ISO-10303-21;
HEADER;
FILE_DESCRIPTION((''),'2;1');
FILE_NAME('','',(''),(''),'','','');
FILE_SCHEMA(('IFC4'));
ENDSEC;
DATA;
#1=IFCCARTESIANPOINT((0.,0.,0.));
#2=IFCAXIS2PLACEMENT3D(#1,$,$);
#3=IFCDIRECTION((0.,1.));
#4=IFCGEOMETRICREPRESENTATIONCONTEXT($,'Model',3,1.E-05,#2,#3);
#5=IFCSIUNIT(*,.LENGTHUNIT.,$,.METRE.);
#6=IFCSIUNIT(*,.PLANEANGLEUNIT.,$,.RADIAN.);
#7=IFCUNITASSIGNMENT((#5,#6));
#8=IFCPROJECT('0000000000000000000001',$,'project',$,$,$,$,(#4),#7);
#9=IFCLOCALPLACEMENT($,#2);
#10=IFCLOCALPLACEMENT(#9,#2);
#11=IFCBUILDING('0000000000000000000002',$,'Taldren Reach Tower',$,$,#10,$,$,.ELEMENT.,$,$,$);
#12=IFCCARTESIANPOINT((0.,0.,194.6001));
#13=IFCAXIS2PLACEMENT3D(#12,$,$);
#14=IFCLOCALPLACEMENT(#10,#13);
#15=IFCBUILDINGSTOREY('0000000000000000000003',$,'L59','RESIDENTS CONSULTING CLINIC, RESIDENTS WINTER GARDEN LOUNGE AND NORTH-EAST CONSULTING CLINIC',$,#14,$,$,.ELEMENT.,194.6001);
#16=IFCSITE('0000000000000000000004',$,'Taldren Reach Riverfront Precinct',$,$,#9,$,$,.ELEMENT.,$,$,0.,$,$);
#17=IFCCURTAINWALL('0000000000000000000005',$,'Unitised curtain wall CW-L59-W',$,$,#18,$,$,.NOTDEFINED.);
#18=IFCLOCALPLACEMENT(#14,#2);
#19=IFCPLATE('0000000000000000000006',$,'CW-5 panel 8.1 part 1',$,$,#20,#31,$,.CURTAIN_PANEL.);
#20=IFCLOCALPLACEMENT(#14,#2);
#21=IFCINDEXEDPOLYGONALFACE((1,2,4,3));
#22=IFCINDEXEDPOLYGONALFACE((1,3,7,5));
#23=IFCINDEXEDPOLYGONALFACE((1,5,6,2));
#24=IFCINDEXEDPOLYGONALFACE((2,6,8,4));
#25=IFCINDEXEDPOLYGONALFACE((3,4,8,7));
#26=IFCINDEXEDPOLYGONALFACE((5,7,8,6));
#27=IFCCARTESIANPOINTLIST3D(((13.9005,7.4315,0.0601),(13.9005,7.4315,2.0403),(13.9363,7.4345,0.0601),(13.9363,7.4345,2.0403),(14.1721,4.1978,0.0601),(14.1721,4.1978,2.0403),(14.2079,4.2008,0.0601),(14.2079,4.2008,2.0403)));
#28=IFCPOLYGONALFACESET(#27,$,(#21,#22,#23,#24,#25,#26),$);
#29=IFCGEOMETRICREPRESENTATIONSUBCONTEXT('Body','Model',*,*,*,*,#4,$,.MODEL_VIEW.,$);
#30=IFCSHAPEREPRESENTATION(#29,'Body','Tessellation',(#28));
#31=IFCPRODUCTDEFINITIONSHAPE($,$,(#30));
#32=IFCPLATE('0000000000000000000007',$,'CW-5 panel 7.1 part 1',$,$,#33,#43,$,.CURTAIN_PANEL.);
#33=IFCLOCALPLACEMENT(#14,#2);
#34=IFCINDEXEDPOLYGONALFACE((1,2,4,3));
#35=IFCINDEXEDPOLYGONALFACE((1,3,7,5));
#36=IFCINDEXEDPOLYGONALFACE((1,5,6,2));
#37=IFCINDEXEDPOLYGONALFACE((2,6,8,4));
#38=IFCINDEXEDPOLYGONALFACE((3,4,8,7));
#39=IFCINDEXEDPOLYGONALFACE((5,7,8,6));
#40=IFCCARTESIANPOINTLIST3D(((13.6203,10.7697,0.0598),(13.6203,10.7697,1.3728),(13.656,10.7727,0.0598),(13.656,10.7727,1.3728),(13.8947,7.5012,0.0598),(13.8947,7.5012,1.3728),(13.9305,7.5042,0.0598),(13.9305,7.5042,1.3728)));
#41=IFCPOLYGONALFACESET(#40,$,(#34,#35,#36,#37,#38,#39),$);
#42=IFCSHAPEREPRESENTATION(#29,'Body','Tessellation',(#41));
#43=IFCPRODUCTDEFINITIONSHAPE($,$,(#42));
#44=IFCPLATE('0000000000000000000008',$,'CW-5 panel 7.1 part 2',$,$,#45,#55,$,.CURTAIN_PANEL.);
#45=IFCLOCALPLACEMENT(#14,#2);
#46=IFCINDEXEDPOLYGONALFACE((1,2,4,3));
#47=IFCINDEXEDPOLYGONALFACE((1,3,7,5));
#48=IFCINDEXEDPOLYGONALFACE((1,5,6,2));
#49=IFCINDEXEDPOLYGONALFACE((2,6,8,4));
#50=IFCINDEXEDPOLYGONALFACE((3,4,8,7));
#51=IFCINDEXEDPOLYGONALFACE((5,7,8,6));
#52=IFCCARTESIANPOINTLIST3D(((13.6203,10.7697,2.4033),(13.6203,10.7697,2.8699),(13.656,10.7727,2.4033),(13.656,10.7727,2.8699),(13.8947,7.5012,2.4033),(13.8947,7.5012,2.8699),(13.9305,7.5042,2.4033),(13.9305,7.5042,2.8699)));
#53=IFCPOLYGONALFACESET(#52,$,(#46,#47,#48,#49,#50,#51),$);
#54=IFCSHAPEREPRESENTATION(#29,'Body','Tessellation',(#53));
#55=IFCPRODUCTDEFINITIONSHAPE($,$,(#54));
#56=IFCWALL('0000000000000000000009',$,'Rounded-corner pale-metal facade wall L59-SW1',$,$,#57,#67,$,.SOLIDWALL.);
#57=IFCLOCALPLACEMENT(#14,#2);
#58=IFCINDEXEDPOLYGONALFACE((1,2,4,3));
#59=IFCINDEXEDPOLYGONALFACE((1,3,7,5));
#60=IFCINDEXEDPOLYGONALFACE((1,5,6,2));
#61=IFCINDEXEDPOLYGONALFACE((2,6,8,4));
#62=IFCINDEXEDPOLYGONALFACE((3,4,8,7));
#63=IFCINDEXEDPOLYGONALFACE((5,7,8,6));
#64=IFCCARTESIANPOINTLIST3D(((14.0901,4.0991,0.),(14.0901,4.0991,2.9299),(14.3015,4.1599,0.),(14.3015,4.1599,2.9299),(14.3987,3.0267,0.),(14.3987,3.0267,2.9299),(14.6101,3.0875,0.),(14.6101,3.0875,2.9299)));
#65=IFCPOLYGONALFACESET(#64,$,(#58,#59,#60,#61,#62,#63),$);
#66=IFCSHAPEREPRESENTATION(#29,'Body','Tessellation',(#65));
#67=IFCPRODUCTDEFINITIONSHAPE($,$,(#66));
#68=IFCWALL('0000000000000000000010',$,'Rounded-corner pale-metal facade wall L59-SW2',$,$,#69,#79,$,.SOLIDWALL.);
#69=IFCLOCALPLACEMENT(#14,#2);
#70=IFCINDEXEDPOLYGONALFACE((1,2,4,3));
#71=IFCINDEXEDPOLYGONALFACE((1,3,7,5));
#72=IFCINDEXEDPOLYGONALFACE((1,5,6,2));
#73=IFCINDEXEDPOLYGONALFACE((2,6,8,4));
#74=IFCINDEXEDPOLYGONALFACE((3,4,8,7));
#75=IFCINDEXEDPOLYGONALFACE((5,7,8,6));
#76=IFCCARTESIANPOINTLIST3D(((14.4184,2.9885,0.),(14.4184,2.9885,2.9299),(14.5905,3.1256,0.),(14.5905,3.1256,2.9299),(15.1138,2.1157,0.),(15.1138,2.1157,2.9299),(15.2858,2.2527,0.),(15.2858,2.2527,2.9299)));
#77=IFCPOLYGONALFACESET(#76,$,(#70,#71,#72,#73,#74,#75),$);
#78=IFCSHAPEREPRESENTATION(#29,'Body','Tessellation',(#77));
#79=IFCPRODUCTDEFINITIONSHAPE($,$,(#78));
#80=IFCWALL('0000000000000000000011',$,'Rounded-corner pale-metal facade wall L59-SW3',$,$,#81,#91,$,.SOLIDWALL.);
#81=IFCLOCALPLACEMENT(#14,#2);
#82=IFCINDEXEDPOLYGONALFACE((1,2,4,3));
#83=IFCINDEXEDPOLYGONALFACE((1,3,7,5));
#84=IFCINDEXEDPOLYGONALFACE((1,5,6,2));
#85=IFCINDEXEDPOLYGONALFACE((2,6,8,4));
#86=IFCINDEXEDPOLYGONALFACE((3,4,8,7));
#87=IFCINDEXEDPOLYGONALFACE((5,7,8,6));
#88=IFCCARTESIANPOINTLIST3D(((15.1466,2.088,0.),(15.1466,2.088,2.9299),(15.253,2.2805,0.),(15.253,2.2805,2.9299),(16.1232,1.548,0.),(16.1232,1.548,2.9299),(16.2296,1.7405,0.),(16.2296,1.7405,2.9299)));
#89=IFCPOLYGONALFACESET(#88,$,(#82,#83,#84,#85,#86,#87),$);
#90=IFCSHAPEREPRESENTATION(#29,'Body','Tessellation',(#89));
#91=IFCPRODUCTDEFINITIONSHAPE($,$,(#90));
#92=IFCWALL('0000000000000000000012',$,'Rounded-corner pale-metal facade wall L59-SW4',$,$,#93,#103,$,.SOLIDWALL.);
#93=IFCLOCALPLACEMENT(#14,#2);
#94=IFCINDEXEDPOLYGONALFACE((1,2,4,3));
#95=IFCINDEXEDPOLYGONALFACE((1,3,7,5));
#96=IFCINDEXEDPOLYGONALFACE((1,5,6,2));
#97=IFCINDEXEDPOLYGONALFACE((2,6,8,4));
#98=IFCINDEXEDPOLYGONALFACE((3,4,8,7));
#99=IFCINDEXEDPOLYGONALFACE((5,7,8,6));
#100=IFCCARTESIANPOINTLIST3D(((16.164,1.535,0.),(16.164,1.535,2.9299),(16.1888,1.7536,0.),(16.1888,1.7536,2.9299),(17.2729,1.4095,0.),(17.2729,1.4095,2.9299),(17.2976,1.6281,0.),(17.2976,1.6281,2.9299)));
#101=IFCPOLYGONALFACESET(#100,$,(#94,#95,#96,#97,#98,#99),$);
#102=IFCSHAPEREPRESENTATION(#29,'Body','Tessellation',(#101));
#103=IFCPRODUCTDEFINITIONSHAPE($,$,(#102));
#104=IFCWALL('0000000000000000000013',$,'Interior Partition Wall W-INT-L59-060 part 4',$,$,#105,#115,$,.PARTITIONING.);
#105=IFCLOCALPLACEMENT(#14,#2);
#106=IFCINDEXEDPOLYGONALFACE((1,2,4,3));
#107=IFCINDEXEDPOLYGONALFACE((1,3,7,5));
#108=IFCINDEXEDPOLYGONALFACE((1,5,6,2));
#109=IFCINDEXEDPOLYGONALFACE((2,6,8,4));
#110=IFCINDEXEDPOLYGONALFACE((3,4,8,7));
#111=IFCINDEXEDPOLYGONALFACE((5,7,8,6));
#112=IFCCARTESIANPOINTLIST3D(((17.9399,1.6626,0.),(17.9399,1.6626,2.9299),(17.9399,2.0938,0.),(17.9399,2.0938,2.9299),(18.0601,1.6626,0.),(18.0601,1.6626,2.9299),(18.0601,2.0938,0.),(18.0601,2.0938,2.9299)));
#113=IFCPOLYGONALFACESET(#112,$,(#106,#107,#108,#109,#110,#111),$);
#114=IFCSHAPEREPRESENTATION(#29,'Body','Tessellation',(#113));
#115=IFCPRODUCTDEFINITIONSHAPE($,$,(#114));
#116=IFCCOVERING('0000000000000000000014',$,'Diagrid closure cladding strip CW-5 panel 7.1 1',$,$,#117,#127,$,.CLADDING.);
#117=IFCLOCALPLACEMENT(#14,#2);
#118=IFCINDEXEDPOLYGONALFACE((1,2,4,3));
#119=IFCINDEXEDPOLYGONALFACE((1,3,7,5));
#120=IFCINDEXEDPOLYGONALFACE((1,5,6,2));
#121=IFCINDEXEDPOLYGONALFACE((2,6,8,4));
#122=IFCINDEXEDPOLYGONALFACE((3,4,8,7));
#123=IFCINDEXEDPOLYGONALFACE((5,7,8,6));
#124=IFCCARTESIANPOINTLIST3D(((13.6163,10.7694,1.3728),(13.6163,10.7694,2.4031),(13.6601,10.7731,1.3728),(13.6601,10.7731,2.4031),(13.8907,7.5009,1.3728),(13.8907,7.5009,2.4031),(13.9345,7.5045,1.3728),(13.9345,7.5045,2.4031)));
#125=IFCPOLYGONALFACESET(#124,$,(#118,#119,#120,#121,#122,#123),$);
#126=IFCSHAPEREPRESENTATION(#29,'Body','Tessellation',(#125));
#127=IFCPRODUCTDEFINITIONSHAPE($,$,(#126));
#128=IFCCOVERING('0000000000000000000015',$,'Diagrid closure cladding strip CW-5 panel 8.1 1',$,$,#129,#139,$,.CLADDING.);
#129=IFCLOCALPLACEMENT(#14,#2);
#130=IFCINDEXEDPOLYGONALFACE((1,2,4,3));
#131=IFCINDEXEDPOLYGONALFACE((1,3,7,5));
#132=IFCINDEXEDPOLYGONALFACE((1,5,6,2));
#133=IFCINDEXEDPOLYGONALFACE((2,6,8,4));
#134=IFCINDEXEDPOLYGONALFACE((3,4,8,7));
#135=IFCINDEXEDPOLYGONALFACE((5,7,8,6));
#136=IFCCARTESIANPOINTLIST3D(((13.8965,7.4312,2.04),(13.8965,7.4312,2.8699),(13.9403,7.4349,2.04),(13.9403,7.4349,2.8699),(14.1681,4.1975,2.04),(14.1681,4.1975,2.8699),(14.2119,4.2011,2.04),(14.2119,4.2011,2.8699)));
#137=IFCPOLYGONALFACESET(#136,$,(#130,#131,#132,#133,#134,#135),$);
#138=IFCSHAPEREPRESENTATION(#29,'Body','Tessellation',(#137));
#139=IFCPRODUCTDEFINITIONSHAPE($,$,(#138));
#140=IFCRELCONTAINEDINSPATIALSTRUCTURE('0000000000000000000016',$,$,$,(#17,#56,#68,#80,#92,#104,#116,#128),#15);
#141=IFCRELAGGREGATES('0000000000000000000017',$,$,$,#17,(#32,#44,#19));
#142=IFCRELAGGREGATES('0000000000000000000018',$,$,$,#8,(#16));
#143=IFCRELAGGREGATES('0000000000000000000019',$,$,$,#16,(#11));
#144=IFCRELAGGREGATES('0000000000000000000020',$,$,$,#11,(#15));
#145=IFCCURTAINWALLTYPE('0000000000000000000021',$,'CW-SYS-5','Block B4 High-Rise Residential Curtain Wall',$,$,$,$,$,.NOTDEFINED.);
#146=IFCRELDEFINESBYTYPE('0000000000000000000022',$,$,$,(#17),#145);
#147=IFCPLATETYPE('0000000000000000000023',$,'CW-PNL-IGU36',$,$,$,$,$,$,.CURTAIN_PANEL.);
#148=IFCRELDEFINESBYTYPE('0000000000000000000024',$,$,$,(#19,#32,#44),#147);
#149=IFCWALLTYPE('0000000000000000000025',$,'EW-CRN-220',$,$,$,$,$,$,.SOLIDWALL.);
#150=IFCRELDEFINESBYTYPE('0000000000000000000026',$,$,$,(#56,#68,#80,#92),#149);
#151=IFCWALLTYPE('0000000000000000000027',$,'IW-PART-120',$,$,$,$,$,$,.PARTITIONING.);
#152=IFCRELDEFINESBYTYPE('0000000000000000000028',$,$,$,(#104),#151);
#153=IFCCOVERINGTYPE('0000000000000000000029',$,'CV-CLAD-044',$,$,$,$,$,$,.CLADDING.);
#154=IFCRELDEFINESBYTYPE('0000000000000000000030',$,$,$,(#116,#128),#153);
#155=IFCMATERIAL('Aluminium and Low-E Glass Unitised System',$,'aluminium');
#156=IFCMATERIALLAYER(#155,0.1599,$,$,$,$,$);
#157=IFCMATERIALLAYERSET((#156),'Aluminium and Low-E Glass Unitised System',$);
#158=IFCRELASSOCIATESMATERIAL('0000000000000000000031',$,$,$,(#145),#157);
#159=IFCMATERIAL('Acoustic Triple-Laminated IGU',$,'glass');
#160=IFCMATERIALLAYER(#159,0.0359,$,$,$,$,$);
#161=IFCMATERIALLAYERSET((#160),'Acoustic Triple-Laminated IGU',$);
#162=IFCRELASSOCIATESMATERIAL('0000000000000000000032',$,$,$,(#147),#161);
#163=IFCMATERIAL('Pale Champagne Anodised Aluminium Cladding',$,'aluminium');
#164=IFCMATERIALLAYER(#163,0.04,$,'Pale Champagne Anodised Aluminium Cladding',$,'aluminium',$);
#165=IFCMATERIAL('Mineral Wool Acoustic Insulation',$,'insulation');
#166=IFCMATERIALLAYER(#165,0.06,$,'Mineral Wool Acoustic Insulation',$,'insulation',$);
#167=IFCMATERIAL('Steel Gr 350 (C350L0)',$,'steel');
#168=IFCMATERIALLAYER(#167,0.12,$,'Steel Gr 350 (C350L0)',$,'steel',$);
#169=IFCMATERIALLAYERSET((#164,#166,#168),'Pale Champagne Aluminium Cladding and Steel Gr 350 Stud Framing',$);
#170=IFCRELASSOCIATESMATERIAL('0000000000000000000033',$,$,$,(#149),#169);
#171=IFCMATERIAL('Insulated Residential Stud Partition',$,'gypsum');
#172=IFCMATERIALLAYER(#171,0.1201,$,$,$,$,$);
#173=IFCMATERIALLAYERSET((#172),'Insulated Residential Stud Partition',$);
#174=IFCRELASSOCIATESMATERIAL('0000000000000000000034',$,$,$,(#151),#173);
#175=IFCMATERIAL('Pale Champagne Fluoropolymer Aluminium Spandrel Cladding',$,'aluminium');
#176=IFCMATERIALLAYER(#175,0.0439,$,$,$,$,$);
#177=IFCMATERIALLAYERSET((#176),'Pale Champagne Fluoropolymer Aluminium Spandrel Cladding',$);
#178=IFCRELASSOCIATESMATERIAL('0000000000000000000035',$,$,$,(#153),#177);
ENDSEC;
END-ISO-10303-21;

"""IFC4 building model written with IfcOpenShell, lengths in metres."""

from ifc_helpers import new_model, si_unit, direction, frame, frame_2d, origin, origin_2d, place, context, subcontext, project, spatial, rectangle, extrude, source, transform, mapped, material, layer, layer_set, type_object, element, aggregate, save


model = new_model("IFC4")

# Units and contexts
model_context = context("Model", 3, precision=1e-05, world=origin(), true_north=direction((0.0, 1.0)))
body_context = subcontext(model_context, "Body", "Model", "MODEL_VIEW")
ifc_project = project(units=[si_unit("LENGTHUNIT", "METRE"), si_unit("PLANEANGLEUNIT", "RADIAN")], contexts=[model_context])

# Site, building, storey
site_placement = place(None, origin())
site = spatial("IfcSite", under=ifc_project, at=site_placement, Name="Taldren Reach Riverfront Precinct", CompositionType="ELEMENT", RefElevation=0.0)
building_placement = place(site_placement, origin())
building = spatial("IfcBuilding", under=site, at=building_placement, Name="Taldren Reach Tower", CompositionType="ELEMENT")
storey_placement = place(building_placement, frame((0.0, 0.0, 194.6001)))
storey = spatial("IfcBuildingStorey", under=building, at=storey_placement, Name="L59", Description="RESIDENTS CONSULTING CLINIC, RESIDENTS WINTER GARDEN LOUNGE AND NORTH-EAST CONSULTING CLINIC", CompositionType="ELEMENT", Elevation=194.6001)

# Shared definitions
ifc_material_1 = material(Name="Steel Gr 350 (C350L0)", Category="steel")

# Shared definitions
ifc_material_2 = material(Name="Aluminium and Low-E Glass Unitised System", Category="aluminium")
ifc_layer_1 = layer(ifc_material_2, 0.1599)
ifc_layer_set_1 = layer_set([ifc_layer_1], Name="Aluminium and Low-E Glass Unitised System")
curtain_wall_type = type_object("IfcCurtainWallType", Name="CW-SYS-5", Description="Block B4 High-Rise Residential Curtain Wall", PredefinedType="NOTDEFINED", material=ifc_layer_set_1)

# Curtain wall
curtain_wall_1_placement = place(storey_placement, origin())
curtain_wall_1 = element("IfcCurtainWall", 1, at=curtain_wall_1_placement, inside=storey, type_object=curtain_wall_type, Name="Unitised curtain wall CW-L59-W", PredefinedType="NOTDEFINED")

# Plates
ifc_material_3 = material(Name="Acoustic Triple-Laminated IGU", Category="glass")
ifc_layer_2 = layer(ifc_material_3, 0.0359)
ifc_layer_set_2 = layer_set([ifc_layer_2], Name="Acoustic Triple-Laminated IGU")
plate_type_1 = type_object("IfcPlateType", Name="CW-PNL-IGU36", PredefinedType="CURTAIN_PANEL", material=ifc_layer_set_2)
shared_shape_1 = source(origin(), body_context, "Body", "SweptSolid", [
    extrude(rectangle(XDim=3.2451, YDim=0.0359, at=origin_2d()), origin(), (0.0, 0.0, 1.0), 1.9802),
])
plate_1_placement = place(storey_placement, frame((14.0542, 5.8162, 0.0601), z_axis=(0.0, 0.0, 1.0), x_axis=(0.083678, -0.996493, 0.0)))
plate_1 = element("IfcPlate", 2, at=plate_1_placement, type_object=plate_type_1, Name="CW-5 panel 8.1 part 1", PredefinedType="CURTAIN_PANEL", context=body_context, shape_type="MappedRepresentation", body=[
    mapped(shared_shape_1, transform((0.0, 0.0, 0.0), scale=1.0)),
])
shared_shape_2 = source(origin(), body_context, "Body", "SweptSolid", [
    extrude(rectangle(XDim=3.28, YDim=0.0359, at=origin_2d()), origin(), (0.0, 0.0, 1.0), 1.313),
])
plate_2_placement = place(storey_placement, frame((13.7754, 9.137, 0.0598), z_axis=(0.0, 0.0, 1.0), x_axis=(0.083678, -0.996493, 0.0)))
plate_2 = element("IfcPlate", 3, at=plate_2_placement, type_object=plate_type_1, Name="CW-5 panel 7.1 part 1", PredefinedType="CURTAIN_PANEL", context=body_context, shape_type="MappedRepresentation", body=[
    mapped(shared_shape_2, transform((0.0, 0.0, 0.0), scale=1.0)),
])
shared_shape_3 = source(origin(), body_context, "Body", "SweptSolid", [
    extrude(rectangle(XDim=3.28, YDim=0.0359, at=origin_2d()), origin(), (0.0, 0.0, 1.0), 0.4666),
])
plate_3_placement = place(storey_placement, frame((13.7754, 9.137, 2.4033), z_axis=(0.0, 0.0, 1.0), x_axis=(0.083678, -0.996493, 0.0)))
plate_3 = element("IfcPlate", 4, at=plate_3_placement, type_object=plate_type_1, Name="CW-5 panel 7.1 part 2", PredefinedType="CURTAIN_PANEL", context=body_context, shape_type="MappedRepresentation", body=[
    mapped(shared_shape_3, transform((0.0, 0.0, 0.0), scale=1.0)),
])
aggregate(curtain_wall_1, [plate_2, plate_3, plate_1])

# Walls
ifc_material_4 = material(Name="Pale Champagne Anodised Aluminium Cladding", Category="aluminium")
ifc_layer_3 = layer(ifc_material_4, 0.04, Name="Pale Champagne Anodised Aluminium Cladding", Category="aluminium")
ifc_material_5 = material(Name="Mineral Wool Acoustic Insulation", Category="insulation")
ifc_layer_4 = layer(ifc_material_5, 0.06, Name="Mineral Wool Acoustic Insulation", Category="insulation")
ifc_layer_5 = layer(ifc_material_1, 0.12, Name="Steel Gr 350 (C350L0)", Category="steel")
ifc_layer_set_3 = layer_set([ifc_layer_3, ifc_layer_4, ifc_layer_5], Name="Pale Champagne Aluminium Cladding and Steel Gr 350 Stud Framing")
wall_type_1 = type_object("IfcWallType", Name="EW-CRN-220", PredefinedType="SOLIDWALL", material=ifc_layer_set_3)
shared_shape_4 = source(origin(), body_context, "Body", "SweptSolid", [
    extrude(rectangle(XDim=1.116, YDim=0.22, at=frame_2d((0.5581, 0.0))), origin(), (0.0, 0.0, 1.0), 2.9299),
])
for number, where, z_axis, x_axis, name in (
    (5, (14.1958, 4.1296, 0.0), (0.0, 0.0, 1.0), (0.276512, -0.96101, 0.0), "Rounded-corner pale-metal facade wall L59-SW1"),
    (6, (14.5044, 3.0571, 0.0), (0.0, 0.0, 1.0), (0.623093, -0.782148, 0.0), "Rounded-corner pale-metal facade wall L59-SW2"),
    (7, (15.1997, 2.1843, 0.0), (0.0, 0.0, 1.0), (0.875105, -0.483933, 0.0), "Rounded-corner pale-metal facade wall L59-SW3"),
    (8, (16.1763, 1.6443, 0.0), (0.0, 0.0, 1.0), (0.993658, -0.112448, 0.0), "Rounded-corner pale-metal facade wall L59-SW4"),
):
    element("IfcWall", number, at=place(storey_placement, frame(where, z_axis=z_axis, x_axis=x_axis)), inside=storey, type_object=wall_type_1, Name=name, PredefinedType="SOLIDWALL", context=body_context, shape_type="MappedRepresentation", body=[
        mapped(shared_shape_4, transform((0.0, 0.0, 0.0), scale=1.0)),
    ])
ifc_material_6 = material(Name="Insulated Residential Stud Partition", Category="gypsum")
ifc_layer_6 = layer(ifc_material_6, 0.1201)
ifc_layer_set_4 = layer_set([ifc_layer_6], Name="Insulated Residential Stud Partition")
wall_type_2 = type_object("IfcWallType", Name="IW-PART-120", PredefinedType="PARTITIONING", material=ifc_layer_set_4)
shared_shape_5 = source(origin(), body_context, "Body", "SweptSolid", [
    extrude(rectangle(XDim=0.4312, YDim=0.1201, at=frame_2d((0.2156, 0.0))), origin(), (0.0, 0.0, 1.0), 2.9299),
])
wall_placement = place(storey_placement, frame((18.0, 2.0938, 0.0), z_axis=(0.0, 0.0, 1.0), x_axis=(0.0, -1.0, 0.0)))
element("IfcWall", 9, at=wall_placement, inside=storey, type_object=wall_type_2, Name="Interior Partition Wall W-INT-L59-060 part 4", PredefinedType="PARTITIONING", context=body_context, shape_type="MappedRepresentation", body=[
    mapped(shared_shape_5, transform((0.0, 0.0, 0.0), scale=1.0)),
])

# Coverings
ifc_material_7 = material(Name="Pale Champagne Fluoropolymer Aluminium Spandrel Cladding", Category="aluminium")
ifc_layer_7 = layer(ifc_material_7, 0.0439)
ifc_layer_set_5 = layer_set([ifc_layer_7], Name="Pale Champagne Fluoropolymer Aluminium Spandrel Cladding")
covering_type = type_object("IfcCoveringType", Name="CV-CLAD-044", PredefinedType="CLADDING", material=ifc_layer_set_5)
shared_shape_6 = source(origin(), body_context, "Body", "SweptSolid", [
    extrude(rectangle(XDim=3.28, YDim=0.0439, at=origin_2d()), origin(), (0.0, 0.0, 1.0), 1.0303),
])
covering_1_placement = place(storey_placement, frame((13.7754, 9.137, 1.3728), z_axis=(0.0, 0.0, 1.0), x_axis=(0.083678, -0.996493, 0.0)))
element("IfcCovering", 10, at=covering_1_placement, inside=storey, type_object=covering_type, Name="Diagrid closure cladding strip CW-5 panel 7.1 1", PredefinedType="CLADDING", context=body_context, shape_type="MappedRepresentation", body=[
    mapped(shared_shape_6, transform((0.0, 0.0, 0.0), scale=1.0)),
])
shared_shape_7 = source(origin(), body_context, "Body", "SweptSolid", [
    extrude(rectangle(XDim=3.2451, YDim=0.0439, at=origin_2d()), origin(), (0.0, 0.0, 1.0), 0.8298),
])
covering_2_placement = place(storey_placement, frame((14.0542, 5.8162, 2.04), z_axis=(0.0, 0.0, 1.0), x_axis=(0.083678, -0.996493, 0.0)))
element("IfcCovering", 11, at=covering_2_placement, inside=storey, type_object=covering_type, Name="Diagrid closure cladding strip CW-5 panel 8.1 1", PredefinedType="CLADDING", context=body_context, shape_type="MappedRepresentation", body=[
    mapped(shared_shape_7, transform((0.0, 0.0, 0.0), scale=1.0)),
])

save(model, "model.ifc")
